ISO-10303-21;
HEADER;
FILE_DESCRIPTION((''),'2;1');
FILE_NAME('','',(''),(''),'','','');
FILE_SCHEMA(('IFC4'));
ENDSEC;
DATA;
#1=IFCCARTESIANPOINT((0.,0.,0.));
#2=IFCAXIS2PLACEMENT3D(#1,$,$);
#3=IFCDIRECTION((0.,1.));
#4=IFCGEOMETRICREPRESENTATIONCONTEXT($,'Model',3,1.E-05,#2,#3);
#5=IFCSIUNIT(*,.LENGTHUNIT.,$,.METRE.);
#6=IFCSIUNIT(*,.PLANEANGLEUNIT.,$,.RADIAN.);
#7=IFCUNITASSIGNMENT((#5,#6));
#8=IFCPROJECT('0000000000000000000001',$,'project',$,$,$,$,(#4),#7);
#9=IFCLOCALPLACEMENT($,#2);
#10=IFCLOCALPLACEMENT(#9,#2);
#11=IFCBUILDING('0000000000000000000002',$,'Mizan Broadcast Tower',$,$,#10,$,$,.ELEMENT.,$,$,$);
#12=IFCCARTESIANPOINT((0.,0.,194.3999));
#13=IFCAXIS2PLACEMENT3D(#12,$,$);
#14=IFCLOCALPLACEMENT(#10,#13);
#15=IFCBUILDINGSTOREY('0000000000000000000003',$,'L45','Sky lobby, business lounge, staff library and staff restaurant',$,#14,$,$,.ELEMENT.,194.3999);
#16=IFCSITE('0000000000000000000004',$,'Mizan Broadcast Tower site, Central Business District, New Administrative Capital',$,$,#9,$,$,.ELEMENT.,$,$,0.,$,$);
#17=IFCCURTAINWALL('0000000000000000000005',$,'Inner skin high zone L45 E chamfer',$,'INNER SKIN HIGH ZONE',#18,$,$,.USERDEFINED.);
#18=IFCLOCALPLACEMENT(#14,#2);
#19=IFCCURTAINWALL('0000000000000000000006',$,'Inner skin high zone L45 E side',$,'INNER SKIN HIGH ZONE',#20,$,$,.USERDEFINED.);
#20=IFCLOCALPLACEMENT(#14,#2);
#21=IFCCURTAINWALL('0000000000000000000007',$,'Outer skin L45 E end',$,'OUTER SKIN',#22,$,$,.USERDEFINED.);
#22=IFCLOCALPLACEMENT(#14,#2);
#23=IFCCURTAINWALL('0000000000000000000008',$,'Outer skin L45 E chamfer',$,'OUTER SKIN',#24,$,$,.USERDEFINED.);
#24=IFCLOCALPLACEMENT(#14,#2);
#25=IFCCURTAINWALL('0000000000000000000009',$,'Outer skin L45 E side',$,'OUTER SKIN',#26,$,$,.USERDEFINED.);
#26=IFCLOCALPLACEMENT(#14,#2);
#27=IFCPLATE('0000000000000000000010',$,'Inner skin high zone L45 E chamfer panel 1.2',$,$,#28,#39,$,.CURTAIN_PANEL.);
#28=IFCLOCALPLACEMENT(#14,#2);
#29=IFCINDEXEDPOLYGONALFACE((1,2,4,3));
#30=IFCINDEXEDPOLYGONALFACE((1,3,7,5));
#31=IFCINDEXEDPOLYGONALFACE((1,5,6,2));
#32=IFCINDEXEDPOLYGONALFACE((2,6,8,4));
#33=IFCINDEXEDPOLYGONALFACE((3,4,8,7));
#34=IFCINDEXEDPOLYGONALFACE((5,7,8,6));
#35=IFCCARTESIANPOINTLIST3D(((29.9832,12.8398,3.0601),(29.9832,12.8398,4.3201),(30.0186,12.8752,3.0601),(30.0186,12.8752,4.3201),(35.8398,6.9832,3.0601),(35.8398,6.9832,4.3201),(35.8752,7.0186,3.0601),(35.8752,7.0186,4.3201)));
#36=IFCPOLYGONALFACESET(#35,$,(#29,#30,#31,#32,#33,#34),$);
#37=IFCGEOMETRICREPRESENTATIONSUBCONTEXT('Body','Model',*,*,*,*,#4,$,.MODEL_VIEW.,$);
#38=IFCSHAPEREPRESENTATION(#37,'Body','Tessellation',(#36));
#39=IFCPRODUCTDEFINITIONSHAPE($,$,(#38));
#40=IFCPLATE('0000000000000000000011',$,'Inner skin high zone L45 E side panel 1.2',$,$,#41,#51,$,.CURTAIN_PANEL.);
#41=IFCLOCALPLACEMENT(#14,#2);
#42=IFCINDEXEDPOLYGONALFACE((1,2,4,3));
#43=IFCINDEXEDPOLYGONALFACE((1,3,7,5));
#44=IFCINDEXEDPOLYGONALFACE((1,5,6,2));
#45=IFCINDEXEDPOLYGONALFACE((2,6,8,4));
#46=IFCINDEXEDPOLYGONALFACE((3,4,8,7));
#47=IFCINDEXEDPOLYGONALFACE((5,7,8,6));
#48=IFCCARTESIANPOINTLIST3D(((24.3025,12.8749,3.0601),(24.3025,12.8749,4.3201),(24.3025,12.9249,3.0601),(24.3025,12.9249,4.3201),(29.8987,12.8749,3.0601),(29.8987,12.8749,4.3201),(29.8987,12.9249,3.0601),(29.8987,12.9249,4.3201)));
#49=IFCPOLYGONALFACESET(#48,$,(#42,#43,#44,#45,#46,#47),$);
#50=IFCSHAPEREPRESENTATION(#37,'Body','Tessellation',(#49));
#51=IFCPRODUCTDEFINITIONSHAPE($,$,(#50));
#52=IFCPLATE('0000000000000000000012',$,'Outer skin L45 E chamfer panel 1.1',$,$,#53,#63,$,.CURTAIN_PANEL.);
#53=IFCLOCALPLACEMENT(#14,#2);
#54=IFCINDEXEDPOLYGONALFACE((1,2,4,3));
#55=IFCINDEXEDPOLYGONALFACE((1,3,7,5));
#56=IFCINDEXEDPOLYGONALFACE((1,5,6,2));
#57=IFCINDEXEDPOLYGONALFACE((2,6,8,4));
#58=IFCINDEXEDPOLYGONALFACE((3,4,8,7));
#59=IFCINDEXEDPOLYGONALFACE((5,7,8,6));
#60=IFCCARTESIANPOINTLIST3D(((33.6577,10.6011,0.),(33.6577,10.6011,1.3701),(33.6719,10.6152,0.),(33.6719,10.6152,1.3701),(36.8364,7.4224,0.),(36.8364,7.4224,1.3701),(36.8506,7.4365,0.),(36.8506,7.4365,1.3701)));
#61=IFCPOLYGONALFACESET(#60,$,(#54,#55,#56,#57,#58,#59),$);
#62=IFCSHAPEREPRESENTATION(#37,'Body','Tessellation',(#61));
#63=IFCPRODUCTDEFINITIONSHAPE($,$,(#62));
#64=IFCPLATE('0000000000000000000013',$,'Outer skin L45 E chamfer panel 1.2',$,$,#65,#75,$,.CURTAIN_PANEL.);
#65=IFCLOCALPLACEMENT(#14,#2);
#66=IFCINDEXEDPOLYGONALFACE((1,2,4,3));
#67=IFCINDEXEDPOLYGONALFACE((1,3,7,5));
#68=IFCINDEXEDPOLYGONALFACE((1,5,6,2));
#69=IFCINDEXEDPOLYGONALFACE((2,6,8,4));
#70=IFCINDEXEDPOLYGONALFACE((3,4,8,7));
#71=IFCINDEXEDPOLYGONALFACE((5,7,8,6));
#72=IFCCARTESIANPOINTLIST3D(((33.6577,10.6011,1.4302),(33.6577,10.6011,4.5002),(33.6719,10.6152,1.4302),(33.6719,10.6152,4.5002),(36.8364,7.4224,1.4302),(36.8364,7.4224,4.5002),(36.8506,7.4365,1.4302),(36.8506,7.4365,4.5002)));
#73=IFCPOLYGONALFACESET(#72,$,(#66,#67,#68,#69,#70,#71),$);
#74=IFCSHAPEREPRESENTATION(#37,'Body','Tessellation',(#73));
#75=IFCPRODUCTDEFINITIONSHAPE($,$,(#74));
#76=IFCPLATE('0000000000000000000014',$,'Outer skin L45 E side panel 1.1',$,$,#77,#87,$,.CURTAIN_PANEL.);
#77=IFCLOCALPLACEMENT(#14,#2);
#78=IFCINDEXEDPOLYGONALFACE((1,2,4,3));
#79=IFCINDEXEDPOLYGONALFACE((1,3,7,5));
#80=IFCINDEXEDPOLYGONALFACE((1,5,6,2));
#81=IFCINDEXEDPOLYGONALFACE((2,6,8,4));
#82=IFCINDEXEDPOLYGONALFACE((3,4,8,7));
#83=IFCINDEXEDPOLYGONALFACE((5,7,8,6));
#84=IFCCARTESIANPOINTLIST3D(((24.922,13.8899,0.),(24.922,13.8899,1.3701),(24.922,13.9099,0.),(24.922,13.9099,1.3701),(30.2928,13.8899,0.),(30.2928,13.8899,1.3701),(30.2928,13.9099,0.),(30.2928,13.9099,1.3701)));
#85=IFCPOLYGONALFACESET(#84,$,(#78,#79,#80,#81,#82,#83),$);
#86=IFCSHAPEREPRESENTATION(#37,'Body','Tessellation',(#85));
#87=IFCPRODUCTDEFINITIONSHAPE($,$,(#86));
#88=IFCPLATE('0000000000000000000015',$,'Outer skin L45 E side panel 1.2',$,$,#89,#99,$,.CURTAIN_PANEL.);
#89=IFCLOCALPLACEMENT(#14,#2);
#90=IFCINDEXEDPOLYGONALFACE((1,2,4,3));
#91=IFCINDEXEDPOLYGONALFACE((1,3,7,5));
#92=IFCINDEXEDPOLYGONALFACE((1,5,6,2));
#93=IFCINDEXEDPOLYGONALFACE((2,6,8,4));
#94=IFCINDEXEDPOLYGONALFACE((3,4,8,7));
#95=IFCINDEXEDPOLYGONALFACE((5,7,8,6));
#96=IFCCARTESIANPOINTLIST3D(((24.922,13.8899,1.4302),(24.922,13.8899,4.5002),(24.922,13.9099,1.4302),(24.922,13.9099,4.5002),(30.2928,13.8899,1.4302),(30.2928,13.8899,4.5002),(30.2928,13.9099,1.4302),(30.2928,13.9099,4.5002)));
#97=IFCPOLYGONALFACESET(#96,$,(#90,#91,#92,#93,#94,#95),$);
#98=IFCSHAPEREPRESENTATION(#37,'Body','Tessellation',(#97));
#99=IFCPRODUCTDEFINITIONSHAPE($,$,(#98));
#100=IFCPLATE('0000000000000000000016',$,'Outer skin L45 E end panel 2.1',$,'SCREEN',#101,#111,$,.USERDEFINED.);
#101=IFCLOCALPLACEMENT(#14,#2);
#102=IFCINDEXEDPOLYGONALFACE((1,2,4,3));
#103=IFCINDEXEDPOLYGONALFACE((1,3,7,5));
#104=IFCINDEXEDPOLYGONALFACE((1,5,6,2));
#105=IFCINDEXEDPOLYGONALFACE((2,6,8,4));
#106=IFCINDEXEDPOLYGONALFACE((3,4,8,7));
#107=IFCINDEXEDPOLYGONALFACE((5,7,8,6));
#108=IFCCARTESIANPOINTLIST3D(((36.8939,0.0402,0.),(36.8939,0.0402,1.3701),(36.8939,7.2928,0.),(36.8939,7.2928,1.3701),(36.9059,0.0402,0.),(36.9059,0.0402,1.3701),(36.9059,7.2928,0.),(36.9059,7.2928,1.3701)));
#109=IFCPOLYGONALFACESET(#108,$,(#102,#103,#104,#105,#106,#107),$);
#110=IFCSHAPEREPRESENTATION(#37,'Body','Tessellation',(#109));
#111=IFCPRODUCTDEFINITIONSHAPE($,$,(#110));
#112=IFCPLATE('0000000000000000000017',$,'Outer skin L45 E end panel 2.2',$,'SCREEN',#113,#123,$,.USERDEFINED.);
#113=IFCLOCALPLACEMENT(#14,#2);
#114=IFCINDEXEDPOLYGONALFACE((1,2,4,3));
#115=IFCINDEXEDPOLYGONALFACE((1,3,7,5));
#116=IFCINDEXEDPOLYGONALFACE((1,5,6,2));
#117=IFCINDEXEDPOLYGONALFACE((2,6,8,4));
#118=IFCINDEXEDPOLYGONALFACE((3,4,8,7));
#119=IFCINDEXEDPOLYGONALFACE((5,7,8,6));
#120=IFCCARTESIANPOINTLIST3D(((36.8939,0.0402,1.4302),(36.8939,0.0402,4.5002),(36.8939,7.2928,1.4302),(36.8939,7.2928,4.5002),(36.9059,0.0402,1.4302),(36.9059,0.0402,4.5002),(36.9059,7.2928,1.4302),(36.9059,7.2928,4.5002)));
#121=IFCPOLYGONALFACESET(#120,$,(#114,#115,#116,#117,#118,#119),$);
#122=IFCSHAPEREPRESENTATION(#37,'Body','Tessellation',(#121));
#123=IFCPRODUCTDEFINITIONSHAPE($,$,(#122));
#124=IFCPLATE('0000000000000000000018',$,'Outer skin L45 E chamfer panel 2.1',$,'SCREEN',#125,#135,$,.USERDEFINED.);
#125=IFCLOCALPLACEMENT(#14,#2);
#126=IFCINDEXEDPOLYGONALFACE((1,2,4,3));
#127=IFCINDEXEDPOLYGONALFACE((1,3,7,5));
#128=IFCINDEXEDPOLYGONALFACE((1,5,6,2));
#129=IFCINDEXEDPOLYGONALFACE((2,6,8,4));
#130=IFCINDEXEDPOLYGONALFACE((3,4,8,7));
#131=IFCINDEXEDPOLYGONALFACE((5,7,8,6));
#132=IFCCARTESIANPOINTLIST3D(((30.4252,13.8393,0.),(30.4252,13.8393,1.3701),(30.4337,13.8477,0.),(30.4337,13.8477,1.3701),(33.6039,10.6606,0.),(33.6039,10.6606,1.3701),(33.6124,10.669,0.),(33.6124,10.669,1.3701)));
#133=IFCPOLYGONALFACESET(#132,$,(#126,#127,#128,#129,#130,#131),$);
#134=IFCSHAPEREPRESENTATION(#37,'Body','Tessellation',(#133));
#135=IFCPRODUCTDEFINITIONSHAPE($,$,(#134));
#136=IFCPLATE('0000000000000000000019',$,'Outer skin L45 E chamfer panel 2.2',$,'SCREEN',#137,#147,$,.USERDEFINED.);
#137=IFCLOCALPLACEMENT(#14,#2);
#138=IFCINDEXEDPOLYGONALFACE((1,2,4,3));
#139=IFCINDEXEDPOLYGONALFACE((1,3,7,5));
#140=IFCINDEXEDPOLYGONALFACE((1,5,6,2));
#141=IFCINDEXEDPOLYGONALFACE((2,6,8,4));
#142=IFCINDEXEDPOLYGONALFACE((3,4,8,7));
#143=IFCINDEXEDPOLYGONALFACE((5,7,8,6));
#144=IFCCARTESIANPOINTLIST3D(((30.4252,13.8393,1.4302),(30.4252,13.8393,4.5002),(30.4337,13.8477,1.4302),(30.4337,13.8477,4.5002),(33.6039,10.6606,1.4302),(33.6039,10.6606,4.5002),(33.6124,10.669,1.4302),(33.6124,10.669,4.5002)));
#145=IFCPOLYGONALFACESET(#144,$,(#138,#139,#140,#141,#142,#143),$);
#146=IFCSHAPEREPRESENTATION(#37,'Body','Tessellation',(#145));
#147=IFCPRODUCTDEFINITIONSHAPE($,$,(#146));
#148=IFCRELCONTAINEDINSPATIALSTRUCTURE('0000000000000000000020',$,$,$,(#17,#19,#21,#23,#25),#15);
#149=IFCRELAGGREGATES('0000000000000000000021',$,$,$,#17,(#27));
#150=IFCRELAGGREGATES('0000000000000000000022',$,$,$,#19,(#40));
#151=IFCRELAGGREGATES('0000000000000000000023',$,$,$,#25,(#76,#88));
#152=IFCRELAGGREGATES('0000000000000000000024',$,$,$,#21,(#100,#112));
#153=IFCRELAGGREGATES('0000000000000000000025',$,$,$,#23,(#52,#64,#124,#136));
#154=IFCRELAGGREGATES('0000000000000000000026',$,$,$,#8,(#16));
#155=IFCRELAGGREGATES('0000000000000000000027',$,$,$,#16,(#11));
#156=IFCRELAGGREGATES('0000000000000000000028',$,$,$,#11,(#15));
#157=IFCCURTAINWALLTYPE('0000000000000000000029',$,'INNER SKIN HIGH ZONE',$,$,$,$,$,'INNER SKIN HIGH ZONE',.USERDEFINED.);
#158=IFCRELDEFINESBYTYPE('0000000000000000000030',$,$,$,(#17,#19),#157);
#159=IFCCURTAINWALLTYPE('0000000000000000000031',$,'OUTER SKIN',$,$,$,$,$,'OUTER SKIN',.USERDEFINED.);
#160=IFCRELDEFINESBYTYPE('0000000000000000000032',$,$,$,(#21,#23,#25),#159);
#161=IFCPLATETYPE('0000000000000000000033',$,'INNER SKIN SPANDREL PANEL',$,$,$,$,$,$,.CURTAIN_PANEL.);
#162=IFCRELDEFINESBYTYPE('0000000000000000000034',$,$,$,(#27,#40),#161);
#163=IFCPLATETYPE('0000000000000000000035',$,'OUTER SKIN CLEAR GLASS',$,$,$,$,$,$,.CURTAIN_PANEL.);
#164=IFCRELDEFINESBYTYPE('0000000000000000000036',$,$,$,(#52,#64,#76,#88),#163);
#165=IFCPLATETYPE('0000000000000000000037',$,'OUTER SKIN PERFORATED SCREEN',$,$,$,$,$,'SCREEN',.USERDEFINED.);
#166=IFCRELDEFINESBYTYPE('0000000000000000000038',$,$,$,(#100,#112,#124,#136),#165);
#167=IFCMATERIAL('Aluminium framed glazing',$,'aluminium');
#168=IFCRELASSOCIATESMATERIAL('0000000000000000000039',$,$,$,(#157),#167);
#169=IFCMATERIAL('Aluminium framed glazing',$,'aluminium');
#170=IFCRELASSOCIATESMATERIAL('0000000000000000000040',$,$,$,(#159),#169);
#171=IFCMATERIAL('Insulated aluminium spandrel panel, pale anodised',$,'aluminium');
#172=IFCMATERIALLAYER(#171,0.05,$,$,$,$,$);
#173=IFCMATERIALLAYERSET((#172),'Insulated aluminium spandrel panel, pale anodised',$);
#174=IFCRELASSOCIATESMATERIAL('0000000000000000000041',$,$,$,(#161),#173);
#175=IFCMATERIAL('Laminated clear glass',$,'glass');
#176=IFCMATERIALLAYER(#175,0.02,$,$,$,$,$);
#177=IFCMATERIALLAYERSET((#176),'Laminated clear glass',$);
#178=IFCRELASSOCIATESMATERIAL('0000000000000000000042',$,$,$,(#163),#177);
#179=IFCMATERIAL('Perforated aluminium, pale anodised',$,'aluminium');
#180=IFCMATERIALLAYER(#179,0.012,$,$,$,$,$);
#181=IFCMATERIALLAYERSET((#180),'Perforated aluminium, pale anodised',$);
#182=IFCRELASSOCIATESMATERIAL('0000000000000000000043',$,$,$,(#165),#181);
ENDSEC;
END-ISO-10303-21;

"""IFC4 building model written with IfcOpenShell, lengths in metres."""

from ifc_helpers import new_model, si_unit, direction, frame, origin, origin_2d, place, context, subcontext, project, spatial, rectangle, extrude, material, layer, layer_set, type_object, element, aggregate, save


model = new_model("IFC4")

# Units and contexts
model_context = context("Model", 3, precision=1e-05, world=origin(), true_north=direction((0.0, 1.0)))
body_context = subcontext(model_context, "Body", "Model", "MODEL_VIEW")
ifc_project = project(units=[si_unit("LENGTHUNIT", "METRE"), si_unit("PLANEANGLEUNIT", "RADIAN")], contexts=[model_context])

# Site, building, storey
site_placement = place(None, origin())
site = spatial("IfcSite", under=ifc_project, at=site_placement, Name="Mizan Broadcast Tower site, Central Business District, New Administrative Capital", CompositionType="ELEMENT", RefElevation=0.0)
building_placement = place(site_placement, origin())
building = spatial("IfcBuilding", under=site, at=building_placement, Name="Mizan Broadcast Tower", CompositionType="ELEMENT")
storey_placement = place(building_placement, frame((0.0, 0.0, 194.3999)))
storey = spatial("IfcBuildingStorey", under=building, at=storey_placement, Name="L45", Description="Sky lobby, business lounge, staff library and staff restaurant", CompositionType="ELEMENT", Elevation=194.3999)

# Shared definitions
ifc_material_1 = material(Name="Aluminium framed glazing", Category="aluminium")
curtain_wall_type_1 = type_object("IfcCurtainWallType", Name="INNER SKIN HIGH ZONE", ElementType="INNER SKIN HIGH ZONE", PredefinedType="USERDEFINED", material=ifc_material_1)

# Curtain wall
curtain_wall_1_placement = place(storey_placement, origin())
curtain_wall_1 = element("IfcCurtainWall", 1, at=curtain_wall_1_placement, inside=storey, type_object=curtain_wall_type_1, Name="Inner skin high zone L45 E chamfer", ObjectType="INNER SKIN HIGH ZONE", PredefinedType="USERDEFINED")

# Curtain wall
curtain_wall_2_placement = place(storey_placement, origin())
curtain_wall_2 = element("IfcCurtainWall", 2, at=curtain_wall_2_placement, inside=storey, type_object=curtain_wall_type_1, Name="Inner skin high zone L45 E side", ObjectType="INNER SKIN HIGH ZONE", PredefinedType="USERDEFINED")

# Curtain walls
ifc_material_2 = material(Name="Aluminium framed glazing", Category="aluminium")
curtain_wall_type_2 = type_object("IfcCurtainWallType", Name="OUTER SKIN", ElementType="OUTER SKIN", PredefinedType="USERDEFINED", material=ifc_material_2)
curtain_wall_3_placement = place(storey_placement, origin())
curtain_wall_3 = element("IfcCurtainWall", 3, at=curtain_wall_3_placement, inside=storey, type_object=curtain_wall_type_2, Name="Outer skin L45 E end", ObjectType="OUTER SKIN", PredefinedType="USERDEFINED")
curtain_wall_4_placement = place(storey_placement, origin())
curtain_wall_4 = element("IfcCurtainWall", 4, at=curtain_wall_4_placement, inside=storey, type_object=curtain_wall_type_2, Name="Outer skin L45 E chamfer", ObjectType="OUTER SKIN", PredefinedType="USERDEFINED")

# Curtain wall
curtain_wall_5_placement = place(storey_placement, origin())
curtain_wall_5 = element("IfcCurtainWall", 5, at=curtain_wall_5_placement, inside=storey, type_object=curtain_wall_type_2, Name="Outer skin L45 E side", ObjectType="OUTER SKIN", PredefinedType="USERDEFINED")

# Plates
ifc_material_3 = material(Name="Insulated aluminium spandrel panel, pale anodised", Category="aluminium")
ifc_layer_1 = layer(ifc_material_3, 0.05)
ifc_layer_set_1 = layer_set([ifc_layer_1], Name="Insulated aluminium spandrel panel, pale anodised")
plate_type_1 = type_object("IfcPlateType", Name="INNER SKIN SPANDREL PANEL", PredefinedType="CURTAIN_PANEL", material=ifc_layer_set_1)
plate_1_placement = place(storey_placement, frame((32.9292, 9.9292, 3.0601), z_axis=(0.0, 0.0, 1.0), x_axis=(-0.707107, 0.707107, 0.0)))
plate_1 = element("IfcPlate", 6, at=plate_1_placement, type_object=plate_type_1, Name="Inner skin high zone L45 E chamfer panel 1.2", PredefinedType="CURTAIN_PANEL", context=body_context, shape_type="SweptSolid", body=[
    extrude(rectangle(XDim=8.2825, YDim=0.05, at=origin_2d()), origin(), (0.0, 0.0, 1.0), 1.26),
])
aggregate(curtain_wall_1, [plate_1])
plate_2_placement = place(storey_placement, frame((27.1006, 12.8999, 3.0601), z_axis=(0.0, 0.0, 1.0), x_axis=(-1.0, 0.0, 0.0)))
plate_2 = element("IfcPlate", 7, at=plate_2_placement, type_object=plate_type_1, Name="Inner skin high zone L45 E side panel 1.2", PredefinedType="CURTAIN_PANEL", context=body_context, shape_type="SweptSolid", body=[
    extrude(rectangle(XDim=5.5962, YDim=0.05, at=origin_2d()), origin(), (0.0, 0.0, 1.0), 1.26),
])
aggregate(curtain_wall_2, [plate_2])
ifc_material_4 = material(Name="Laminated clear glass", Category="glass")
ifc_layer_2 = layer(ifc_material_4, 0.02)
ifc_layer_set_2 = layer_set([ifc_layer_2], Name="Laminated clear glass")
plate_type_2 = type_object("IfcPlateType", Name="OUTER SKIN CLEAR GLASS", PredefinedType="CURTAIN_PANEL", material=ifc_layer_set_2)
plate_3_placement = place(storey_placement, frame((35.2542, 9.0188, 0.0), z_axis=(0.0, 0.0, 1.0), x_axis=(-0.707107, 0.707107, 0.0)))
plate_3 = element("IfcPlate", 8, at=plate_3_placement, type_object=plate_type_2, Name="Outer skin L45 E chamfer panel 1.1", PredefinedType="CURTAIN_PANEL", context=body_context, shape_type="SweptSolid", body=[
    extrude(rectangle(XDim=4.4954, YDim=0.02, at=origin_2d()), origin(), (0.0, 0.0, 1.0), 1.3701),
])
plate_4_placement = place(storey_placement, frame((35.2542, 9.0188, 1.4302), z_axis=(0.0, 0.0, 1.0), x_axis=(-0.707107, 0.707107, 0.0)))
plate_4 = element("IfcPlate", 9, at=plate_4_placement, type_object=plate_type_2, Name="Outer skin L45 E chamfer panel 1.2", PredefinedType="CURTAIN_PANEL", context=body_context, shape_type="SweptSolid", body=[
    extrude(rectangle(XDim=4.4954, YDim=0.02, at=origin_2d()), origin(), (0.0, 0.0, 1.0), 3.0701),
])
plate_5_placement = place(storey_placement, frame((27.6074, 13.8999, 0.0), z_axis=(0.0, 0.0, 1.0), x_axis=(-1.0, 0.0, 0.0)))
plate_5 = element("IfcPlate", 10, at=plate_5_placement, type_object=plate_type_2, Name="Outer skin L45 E side panel 1.1", PredefinedType="CURTAIN_PANEL", context=body_context, shape_type="SweptSolid", body=[
    extrude(rectangle(XDim=5.3708, YDim=0.02, at=origin_2d()), origin(), (0.0, 0.0, 1.0), 1.3701),
])
plate_6_placement = place(storey_placement, frame((27.6074, 13.8999, 1.4302), z_axis=(0.0, 0.0, 1.0), x_axis=(-1.0, 0.0, 0.0)))
plate_6 = element("IfcPlate", 11, at=plate_6_placement, type_object=plate_type_2, Name="Outer skin L45 E side panel 1.2", PredefinedType="CURTAIN_PANEL", context=body_context, shape_type="SweptSolid", body=[
    extrude(rectangle(XDim=5.3708, YDim=0.02, at=origin_2d()), origin(), (0.0, 0.0, 1.0), 3.0701),
])
aggregate(curtain_wall_5, [plate_5, plate_6])
ifc_material_5 = material(Name="Perforated aluminium, pale anodised", Category="aluminium")
ifc_layer_3 = layer(ifc_material_5, 0.012)
ifc_layer_set_3 = layer_set([ifc_layer_3], Name="Perforated aluminium, pale anodised")
plate_type_3 = type_object("IfcPlateType", Name="OUTER SKIN PERFORATED SCREEN", ElementType="SCREEN", PredefinedType="USERDEFINED", material=ifc_layer_set_3)
plate_7_placement = place(storey_placement, frame((36.8999, 3.6665, 0.0), z_axis=(0.0, 0.0, 1.0), x_axis=(0.0, 1.0, 0.0)))
plate_7 = element("IfcPlate", 12, at=plate_7_placement, type_object=plate_type_3, Name="Outer skin L45 E end panel 2.1", ObjectType="SCREEN", PredefinedType="USERDEFINED", context=body_context, shape_type="SweptSolid", body=[
    extrude(rectangle(XDim=7.2527, YDim=0.012, at=origin_2d()), origin(), (0.0, 0.0, 1.0), 1.3701),
])
plate_8_placement = place(storey_placement, frame((36.8999, 3.6665, 1.4302), z_axis=(0.0, 0.0, 1.0), x_axis=(0.0, 1.0, 0.0)))
plate_8 = element("IfcPlate", 13, at=plate_8_placement, type_object=plate_type_3, Name="Outer skin L45 E end panel 2.2", ObjectType="SCREEN", PredefinedType="USERDEFINED", context=body_context, shape_type="SweptSolid", body=[
    extrude(rectangle(XDim=7.2527, YDim=0.012, at=origin_2d()), origin(), (0.0, 0.0, 1.0), 3.0701),
])
aggregate(curtain_wall_3, [plate_7, plate_8])
plate_9_placement = place(storey_placement, frame((32.0188, 12.2542, 0.0), z_axis=(0.0, 0.0, 1.0), x_axis=(-0.707107, 0.707107, 0.0)))
plate_9 = element("IfcPlate", 14, at=plate_9_placement, type_object=plate_type_3, Name="Outer skin L45 E chamfer panel 2.1", ObjectType="SCREEN", PredefinedType="USERDEFINED", context=body_context, shape_type="SweptSolid", body=[
    extrude(rectangle(XDim=4.4954, YDim=0.012, at=origin_2d()), origin(), (0.0, 0.0, 1.0), 1.3701),
])
plate_10_placement = place(storey_placement, frame((32.0188, 12.2542, 1.4302), z_axis=(0.0, 0.0, 1.0), x_axis=(-0.707107, 0.707107, 0.0)))
plate_10 = element("IfcPlate", 15, at=plate_10_placement, type_object=plate_type_3, Name="Outer skin L45 E chamfer panel 2.2", ObjectType="SCREEN", PredefinedType="USERDEFINED", context=body_context, shape_type="SweptSolid", body=[
    extrude(rectangle(XDim=4.4954, YDim=0.012, at=origin_2d()), origin(), (0.0, 0.0, 1.0), 3.0701),
])
aggregate(curtain_wall_4, [plate_3, plate_4, plate_9, plate_10])

save(model, "model.ifc")
